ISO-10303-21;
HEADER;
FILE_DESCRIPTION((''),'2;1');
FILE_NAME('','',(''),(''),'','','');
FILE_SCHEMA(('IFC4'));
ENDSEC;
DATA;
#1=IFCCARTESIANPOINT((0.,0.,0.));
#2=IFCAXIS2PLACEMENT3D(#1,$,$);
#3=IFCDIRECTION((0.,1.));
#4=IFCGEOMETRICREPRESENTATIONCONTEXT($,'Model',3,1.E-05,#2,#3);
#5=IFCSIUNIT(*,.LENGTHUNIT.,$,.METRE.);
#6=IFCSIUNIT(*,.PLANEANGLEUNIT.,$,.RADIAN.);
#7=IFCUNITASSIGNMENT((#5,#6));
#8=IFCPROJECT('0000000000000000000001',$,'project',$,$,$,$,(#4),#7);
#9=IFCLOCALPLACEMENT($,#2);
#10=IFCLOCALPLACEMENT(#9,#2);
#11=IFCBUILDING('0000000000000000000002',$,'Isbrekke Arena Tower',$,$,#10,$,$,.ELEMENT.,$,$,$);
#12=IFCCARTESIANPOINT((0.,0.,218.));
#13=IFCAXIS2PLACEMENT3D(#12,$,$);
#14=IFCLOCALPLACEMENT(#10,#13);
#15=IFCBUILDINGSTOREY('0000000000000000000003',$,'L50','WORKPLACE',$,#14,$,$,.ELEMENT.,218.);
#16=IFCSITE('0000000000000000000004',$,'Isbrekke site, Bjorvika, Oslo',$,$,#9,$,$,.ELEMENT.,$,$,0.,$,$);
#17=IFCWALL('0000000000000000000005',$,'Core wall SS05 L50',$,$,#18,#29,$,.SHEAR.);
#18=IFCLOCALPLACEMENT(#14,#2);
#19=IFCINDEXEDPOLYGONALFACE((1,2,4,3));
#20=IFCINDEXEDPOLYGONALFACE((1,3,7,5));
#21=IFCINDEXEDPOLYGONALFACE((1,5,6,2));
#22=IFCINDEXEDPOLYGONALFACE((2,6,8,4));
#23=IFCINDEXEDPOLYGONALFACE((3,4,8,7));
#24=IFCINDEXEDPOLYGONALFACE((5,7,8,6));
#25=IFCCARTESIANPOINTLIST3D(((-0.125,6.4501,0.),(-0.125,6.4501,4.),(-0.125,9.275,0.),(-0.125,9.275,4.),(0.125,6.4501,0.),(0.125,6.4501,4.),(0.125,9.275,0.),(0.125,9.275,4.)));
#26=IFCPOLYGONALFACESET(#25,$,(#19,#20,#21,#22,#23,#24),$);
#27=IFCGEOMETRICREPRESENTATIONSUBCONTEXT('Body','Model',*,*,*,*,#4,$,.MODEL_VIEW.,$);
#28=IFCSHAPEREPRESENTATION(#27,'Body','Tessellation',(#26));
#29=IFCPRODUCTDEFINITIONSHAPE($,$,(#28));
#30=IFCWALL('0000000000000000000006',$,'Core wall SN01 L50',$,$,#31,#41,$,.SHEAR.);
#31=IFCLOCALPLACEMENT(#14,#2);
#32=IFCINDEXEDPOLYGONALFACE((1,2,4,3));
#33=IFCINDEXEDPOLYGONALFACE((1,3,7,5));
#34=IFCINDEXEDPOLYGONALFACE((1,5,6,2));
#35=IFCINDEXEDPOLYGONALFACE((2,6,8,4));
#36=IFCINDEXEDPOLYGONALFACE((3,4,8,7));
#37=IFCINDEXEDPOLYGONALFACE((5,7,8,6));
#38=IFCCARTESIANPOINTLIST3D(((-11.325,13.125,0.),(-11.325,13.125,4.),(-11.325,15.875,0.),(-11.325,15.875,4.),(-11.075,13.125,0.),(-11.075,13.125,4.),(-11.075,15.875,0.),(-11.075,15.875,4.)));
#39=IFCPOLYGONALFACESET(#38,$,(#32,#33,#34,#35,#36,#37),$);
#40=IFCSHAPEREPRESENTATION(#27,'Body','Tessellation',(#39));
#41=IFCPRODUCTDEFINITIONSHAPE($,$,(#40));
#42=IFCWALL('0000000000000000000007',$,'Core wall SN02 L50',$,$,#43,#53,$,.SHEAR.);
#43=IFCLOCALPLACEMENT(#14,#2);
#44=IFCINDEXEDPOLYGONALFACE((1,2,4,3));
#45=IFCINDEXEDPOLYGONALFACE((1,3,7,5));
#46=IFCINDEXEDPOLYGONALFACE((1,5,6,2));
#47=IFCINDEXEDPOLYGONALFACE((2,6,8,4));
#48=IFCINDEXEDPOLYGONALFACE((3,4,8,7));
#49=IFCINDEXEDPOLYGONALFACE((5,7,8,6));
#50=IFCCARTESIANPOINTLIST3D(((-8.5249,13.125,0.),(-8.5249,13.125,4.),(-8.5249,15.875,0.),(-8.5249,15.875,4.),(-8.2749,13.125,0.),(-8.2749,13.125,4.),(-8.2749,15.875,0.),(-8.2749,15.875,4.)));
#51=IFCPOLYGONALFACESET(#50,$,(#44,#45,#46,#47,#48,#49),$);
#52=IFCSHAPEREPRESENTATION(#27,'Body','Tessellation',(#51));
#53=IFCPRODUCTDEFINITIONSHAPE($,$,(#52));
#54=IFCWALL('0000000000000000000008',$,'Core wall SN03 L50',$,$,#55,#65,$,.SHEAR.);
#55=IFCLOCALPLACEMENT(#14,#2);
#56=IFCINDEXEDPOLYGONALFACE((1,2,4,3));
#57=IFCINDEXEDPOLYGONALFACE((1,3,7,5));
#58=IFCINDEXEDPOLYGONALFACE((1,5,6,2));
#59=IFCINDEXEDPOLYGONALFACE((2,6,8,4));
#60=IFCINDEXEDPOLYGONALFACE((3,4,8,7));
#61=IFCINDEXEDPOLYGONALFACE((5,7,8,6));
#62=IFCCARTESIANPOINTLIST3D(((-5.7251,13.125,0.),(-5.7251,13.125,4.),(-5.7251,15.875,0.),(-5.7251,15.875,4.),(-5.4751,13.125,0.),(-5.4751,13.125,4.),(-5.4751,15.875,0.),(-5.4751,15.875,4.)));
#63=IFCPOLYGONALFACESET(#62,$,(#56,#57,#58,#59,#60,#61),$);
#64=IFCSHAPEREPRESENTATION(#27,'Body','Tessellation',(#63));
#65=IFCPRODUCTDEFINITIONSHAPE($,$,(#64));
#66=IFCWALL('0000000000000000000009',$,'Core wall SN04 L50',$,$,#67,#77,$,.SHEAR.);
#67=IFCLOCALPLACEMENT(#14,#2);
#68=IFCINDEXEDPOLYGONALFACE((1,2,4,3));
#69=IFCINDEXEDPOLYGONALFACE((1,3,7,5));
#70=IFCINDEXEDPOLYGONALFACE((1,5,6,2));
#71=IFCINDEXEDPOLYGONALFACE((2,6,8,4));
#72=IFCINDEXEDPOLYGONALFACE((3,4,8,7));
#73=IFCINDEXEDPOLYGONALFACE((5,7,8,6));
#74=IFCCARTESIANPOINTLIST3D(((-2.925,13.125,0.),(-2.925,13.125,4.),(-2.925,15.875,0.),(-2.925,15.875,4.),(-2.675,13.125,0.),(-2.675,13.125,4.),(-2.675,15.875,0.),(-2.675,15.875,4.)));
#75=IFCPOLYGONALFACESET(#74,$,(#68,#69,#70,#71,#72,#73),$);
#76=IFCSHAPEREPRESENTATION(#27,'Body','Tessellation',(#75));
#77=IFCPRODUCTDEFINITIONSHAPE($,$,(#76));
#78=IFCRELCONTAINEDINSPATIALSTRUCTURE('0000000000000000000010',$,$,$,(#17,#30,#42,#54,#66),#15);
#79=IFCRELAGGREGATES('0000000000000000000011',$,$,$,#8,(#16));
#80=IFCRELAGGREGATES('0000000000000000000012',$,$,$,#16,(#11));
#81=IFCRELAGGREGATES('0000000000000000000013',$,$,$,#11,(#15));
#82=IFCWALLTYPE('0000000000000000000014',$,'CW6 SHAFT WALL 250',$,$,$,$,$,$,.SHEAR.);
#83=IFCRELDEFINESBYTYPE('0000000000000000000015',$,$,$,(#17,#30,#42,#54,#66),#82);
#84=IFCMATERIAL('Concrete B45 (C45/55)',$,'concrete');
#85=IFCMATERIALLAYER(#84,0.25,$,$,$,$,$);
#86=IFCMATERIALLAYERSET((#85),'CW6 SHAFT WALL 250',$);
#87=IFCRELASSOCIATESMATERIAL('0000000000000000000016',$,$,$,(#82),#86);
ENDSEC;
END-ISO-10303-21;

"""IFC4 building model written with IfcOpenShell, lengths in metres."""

from ifc_helpers import new_model, si_unit, direction, frame, frame_2d, origin, place, context, subcontext, project, spatial, rectangle, extrude, material, layer, layer_set, type_object, element, save


model = new_model("IFC4")

# Units and contexts
model_context = context("Model", 3, precision=1e-05, world=origin(), true_north=direction((0.0, 1.0)))
body_context = subcontext(model_context, "Body", "Model", "MODEL_VIEW")
ifc_project = project(units=[si_unit("LENGTHUNIT", "METRE"), si_unit("PLANEANGLEUNIT", "RADIAN")], contexts=[model_context])

# Site, building, storey
site_placement = place(None, origin())
site = spatial("IfcSite", under=ifc_project, at=site_placement, Name="Isbrekke site, Bjorvika, Oslo", CompositionType="ELEMENT", RefElevation=0.0)
building_placement = place(site_placement, origin())
building = spatial("IfcBuilding", under=site, at=building_placement, Name="Isbrekke Arena Tower", CompositionType="ELEMENT")
storey_placement = place(building_placement, frame((0.0, 0.0, 218.0)))
storey = spatial("IfcBuildingStorey", under=building, at=storey_placement, Name="L50", Description="WORKPLACE", CompositionType="ELEMENT", Elevation=218.0)

# Shared definitions
ifc_material_1 = material(Name="Concrete B45 (C45/55)", Category="concrete")
ifc_layer_1 = layer(ifc_material_1, 0.25)
ifc_layer_set_1 = layer_set([ifc_layer_1], Name="CW6 SHAFT WALL 250")
wall_type_1 = type_object("IfcWallType", Name="CW6 SHAFT WALL 250", PredefinedType="SHEAR", material=ifc_layer_set_1)

# Walls
for number, where, z_axis, x_axis, name in (
    (1, (0.0, 6.45, 0.0), (0.0, 0.0, 1.0), (0.0, 1.0, 0.0), "Core wall SS05 L50"),
):
    element("IfcWall", number, at=place(storey_placement, frame(where, z_axis=z_axis, x_axis=x_axis)), inside=storey, type_object=wall_type_1, Name=name, PredefinedType="SHEAR", context=body_context, shape_type="SweptSolid", body=[
        extrude(rectangle(XDim=2.825, YDim=0.25, at=frame_2d((1.4126, 0.0))), origin(), (0.0, 0.0, 1.0), 4.0),
    ])
for number, where, z_axis, x_axis, name in (
    (2, (-11.2, 13.125, 0.0), (0.0, 0.0, 1.0), (0.0, 1.0, 0.0), "Core wall SN01 L50"),
    (3, (-8.3999, 13.125, 0.0), (0.0, 0.0, 1.0), (0.0, 1.0, 0.0), "Core wall SN02 L50"),
    (4, (-5.6001, 13.125, 0.0), (0.0, 0.0, 1.0), (0.0, 1.0, 0.0), "Core wall SN03 L50"),
    (5, (-2.8, 13.125, 0.0), (0.0, 0.0, 1.0), (0.0, 1.0, 0.0), "Core wall SN04 L50"),
):
    element("IfcWall", number, at=place(storey_placement, frame(where, z_axis=z_axis, x_axis=x_axis)), inside=storey, type_object=wall_type_1, Name=name, PredefinedType="SHEAR", context=body_context, shape_type="SweptSolid", body=[
        extrude(rectangle(XDim=2.75, YDim=0.25, at=frame_2d((1.375, 0.0))), origin(), (0.0, 0.0, 1.0), 4.0),
    ])

save(model, "model.ifc")
